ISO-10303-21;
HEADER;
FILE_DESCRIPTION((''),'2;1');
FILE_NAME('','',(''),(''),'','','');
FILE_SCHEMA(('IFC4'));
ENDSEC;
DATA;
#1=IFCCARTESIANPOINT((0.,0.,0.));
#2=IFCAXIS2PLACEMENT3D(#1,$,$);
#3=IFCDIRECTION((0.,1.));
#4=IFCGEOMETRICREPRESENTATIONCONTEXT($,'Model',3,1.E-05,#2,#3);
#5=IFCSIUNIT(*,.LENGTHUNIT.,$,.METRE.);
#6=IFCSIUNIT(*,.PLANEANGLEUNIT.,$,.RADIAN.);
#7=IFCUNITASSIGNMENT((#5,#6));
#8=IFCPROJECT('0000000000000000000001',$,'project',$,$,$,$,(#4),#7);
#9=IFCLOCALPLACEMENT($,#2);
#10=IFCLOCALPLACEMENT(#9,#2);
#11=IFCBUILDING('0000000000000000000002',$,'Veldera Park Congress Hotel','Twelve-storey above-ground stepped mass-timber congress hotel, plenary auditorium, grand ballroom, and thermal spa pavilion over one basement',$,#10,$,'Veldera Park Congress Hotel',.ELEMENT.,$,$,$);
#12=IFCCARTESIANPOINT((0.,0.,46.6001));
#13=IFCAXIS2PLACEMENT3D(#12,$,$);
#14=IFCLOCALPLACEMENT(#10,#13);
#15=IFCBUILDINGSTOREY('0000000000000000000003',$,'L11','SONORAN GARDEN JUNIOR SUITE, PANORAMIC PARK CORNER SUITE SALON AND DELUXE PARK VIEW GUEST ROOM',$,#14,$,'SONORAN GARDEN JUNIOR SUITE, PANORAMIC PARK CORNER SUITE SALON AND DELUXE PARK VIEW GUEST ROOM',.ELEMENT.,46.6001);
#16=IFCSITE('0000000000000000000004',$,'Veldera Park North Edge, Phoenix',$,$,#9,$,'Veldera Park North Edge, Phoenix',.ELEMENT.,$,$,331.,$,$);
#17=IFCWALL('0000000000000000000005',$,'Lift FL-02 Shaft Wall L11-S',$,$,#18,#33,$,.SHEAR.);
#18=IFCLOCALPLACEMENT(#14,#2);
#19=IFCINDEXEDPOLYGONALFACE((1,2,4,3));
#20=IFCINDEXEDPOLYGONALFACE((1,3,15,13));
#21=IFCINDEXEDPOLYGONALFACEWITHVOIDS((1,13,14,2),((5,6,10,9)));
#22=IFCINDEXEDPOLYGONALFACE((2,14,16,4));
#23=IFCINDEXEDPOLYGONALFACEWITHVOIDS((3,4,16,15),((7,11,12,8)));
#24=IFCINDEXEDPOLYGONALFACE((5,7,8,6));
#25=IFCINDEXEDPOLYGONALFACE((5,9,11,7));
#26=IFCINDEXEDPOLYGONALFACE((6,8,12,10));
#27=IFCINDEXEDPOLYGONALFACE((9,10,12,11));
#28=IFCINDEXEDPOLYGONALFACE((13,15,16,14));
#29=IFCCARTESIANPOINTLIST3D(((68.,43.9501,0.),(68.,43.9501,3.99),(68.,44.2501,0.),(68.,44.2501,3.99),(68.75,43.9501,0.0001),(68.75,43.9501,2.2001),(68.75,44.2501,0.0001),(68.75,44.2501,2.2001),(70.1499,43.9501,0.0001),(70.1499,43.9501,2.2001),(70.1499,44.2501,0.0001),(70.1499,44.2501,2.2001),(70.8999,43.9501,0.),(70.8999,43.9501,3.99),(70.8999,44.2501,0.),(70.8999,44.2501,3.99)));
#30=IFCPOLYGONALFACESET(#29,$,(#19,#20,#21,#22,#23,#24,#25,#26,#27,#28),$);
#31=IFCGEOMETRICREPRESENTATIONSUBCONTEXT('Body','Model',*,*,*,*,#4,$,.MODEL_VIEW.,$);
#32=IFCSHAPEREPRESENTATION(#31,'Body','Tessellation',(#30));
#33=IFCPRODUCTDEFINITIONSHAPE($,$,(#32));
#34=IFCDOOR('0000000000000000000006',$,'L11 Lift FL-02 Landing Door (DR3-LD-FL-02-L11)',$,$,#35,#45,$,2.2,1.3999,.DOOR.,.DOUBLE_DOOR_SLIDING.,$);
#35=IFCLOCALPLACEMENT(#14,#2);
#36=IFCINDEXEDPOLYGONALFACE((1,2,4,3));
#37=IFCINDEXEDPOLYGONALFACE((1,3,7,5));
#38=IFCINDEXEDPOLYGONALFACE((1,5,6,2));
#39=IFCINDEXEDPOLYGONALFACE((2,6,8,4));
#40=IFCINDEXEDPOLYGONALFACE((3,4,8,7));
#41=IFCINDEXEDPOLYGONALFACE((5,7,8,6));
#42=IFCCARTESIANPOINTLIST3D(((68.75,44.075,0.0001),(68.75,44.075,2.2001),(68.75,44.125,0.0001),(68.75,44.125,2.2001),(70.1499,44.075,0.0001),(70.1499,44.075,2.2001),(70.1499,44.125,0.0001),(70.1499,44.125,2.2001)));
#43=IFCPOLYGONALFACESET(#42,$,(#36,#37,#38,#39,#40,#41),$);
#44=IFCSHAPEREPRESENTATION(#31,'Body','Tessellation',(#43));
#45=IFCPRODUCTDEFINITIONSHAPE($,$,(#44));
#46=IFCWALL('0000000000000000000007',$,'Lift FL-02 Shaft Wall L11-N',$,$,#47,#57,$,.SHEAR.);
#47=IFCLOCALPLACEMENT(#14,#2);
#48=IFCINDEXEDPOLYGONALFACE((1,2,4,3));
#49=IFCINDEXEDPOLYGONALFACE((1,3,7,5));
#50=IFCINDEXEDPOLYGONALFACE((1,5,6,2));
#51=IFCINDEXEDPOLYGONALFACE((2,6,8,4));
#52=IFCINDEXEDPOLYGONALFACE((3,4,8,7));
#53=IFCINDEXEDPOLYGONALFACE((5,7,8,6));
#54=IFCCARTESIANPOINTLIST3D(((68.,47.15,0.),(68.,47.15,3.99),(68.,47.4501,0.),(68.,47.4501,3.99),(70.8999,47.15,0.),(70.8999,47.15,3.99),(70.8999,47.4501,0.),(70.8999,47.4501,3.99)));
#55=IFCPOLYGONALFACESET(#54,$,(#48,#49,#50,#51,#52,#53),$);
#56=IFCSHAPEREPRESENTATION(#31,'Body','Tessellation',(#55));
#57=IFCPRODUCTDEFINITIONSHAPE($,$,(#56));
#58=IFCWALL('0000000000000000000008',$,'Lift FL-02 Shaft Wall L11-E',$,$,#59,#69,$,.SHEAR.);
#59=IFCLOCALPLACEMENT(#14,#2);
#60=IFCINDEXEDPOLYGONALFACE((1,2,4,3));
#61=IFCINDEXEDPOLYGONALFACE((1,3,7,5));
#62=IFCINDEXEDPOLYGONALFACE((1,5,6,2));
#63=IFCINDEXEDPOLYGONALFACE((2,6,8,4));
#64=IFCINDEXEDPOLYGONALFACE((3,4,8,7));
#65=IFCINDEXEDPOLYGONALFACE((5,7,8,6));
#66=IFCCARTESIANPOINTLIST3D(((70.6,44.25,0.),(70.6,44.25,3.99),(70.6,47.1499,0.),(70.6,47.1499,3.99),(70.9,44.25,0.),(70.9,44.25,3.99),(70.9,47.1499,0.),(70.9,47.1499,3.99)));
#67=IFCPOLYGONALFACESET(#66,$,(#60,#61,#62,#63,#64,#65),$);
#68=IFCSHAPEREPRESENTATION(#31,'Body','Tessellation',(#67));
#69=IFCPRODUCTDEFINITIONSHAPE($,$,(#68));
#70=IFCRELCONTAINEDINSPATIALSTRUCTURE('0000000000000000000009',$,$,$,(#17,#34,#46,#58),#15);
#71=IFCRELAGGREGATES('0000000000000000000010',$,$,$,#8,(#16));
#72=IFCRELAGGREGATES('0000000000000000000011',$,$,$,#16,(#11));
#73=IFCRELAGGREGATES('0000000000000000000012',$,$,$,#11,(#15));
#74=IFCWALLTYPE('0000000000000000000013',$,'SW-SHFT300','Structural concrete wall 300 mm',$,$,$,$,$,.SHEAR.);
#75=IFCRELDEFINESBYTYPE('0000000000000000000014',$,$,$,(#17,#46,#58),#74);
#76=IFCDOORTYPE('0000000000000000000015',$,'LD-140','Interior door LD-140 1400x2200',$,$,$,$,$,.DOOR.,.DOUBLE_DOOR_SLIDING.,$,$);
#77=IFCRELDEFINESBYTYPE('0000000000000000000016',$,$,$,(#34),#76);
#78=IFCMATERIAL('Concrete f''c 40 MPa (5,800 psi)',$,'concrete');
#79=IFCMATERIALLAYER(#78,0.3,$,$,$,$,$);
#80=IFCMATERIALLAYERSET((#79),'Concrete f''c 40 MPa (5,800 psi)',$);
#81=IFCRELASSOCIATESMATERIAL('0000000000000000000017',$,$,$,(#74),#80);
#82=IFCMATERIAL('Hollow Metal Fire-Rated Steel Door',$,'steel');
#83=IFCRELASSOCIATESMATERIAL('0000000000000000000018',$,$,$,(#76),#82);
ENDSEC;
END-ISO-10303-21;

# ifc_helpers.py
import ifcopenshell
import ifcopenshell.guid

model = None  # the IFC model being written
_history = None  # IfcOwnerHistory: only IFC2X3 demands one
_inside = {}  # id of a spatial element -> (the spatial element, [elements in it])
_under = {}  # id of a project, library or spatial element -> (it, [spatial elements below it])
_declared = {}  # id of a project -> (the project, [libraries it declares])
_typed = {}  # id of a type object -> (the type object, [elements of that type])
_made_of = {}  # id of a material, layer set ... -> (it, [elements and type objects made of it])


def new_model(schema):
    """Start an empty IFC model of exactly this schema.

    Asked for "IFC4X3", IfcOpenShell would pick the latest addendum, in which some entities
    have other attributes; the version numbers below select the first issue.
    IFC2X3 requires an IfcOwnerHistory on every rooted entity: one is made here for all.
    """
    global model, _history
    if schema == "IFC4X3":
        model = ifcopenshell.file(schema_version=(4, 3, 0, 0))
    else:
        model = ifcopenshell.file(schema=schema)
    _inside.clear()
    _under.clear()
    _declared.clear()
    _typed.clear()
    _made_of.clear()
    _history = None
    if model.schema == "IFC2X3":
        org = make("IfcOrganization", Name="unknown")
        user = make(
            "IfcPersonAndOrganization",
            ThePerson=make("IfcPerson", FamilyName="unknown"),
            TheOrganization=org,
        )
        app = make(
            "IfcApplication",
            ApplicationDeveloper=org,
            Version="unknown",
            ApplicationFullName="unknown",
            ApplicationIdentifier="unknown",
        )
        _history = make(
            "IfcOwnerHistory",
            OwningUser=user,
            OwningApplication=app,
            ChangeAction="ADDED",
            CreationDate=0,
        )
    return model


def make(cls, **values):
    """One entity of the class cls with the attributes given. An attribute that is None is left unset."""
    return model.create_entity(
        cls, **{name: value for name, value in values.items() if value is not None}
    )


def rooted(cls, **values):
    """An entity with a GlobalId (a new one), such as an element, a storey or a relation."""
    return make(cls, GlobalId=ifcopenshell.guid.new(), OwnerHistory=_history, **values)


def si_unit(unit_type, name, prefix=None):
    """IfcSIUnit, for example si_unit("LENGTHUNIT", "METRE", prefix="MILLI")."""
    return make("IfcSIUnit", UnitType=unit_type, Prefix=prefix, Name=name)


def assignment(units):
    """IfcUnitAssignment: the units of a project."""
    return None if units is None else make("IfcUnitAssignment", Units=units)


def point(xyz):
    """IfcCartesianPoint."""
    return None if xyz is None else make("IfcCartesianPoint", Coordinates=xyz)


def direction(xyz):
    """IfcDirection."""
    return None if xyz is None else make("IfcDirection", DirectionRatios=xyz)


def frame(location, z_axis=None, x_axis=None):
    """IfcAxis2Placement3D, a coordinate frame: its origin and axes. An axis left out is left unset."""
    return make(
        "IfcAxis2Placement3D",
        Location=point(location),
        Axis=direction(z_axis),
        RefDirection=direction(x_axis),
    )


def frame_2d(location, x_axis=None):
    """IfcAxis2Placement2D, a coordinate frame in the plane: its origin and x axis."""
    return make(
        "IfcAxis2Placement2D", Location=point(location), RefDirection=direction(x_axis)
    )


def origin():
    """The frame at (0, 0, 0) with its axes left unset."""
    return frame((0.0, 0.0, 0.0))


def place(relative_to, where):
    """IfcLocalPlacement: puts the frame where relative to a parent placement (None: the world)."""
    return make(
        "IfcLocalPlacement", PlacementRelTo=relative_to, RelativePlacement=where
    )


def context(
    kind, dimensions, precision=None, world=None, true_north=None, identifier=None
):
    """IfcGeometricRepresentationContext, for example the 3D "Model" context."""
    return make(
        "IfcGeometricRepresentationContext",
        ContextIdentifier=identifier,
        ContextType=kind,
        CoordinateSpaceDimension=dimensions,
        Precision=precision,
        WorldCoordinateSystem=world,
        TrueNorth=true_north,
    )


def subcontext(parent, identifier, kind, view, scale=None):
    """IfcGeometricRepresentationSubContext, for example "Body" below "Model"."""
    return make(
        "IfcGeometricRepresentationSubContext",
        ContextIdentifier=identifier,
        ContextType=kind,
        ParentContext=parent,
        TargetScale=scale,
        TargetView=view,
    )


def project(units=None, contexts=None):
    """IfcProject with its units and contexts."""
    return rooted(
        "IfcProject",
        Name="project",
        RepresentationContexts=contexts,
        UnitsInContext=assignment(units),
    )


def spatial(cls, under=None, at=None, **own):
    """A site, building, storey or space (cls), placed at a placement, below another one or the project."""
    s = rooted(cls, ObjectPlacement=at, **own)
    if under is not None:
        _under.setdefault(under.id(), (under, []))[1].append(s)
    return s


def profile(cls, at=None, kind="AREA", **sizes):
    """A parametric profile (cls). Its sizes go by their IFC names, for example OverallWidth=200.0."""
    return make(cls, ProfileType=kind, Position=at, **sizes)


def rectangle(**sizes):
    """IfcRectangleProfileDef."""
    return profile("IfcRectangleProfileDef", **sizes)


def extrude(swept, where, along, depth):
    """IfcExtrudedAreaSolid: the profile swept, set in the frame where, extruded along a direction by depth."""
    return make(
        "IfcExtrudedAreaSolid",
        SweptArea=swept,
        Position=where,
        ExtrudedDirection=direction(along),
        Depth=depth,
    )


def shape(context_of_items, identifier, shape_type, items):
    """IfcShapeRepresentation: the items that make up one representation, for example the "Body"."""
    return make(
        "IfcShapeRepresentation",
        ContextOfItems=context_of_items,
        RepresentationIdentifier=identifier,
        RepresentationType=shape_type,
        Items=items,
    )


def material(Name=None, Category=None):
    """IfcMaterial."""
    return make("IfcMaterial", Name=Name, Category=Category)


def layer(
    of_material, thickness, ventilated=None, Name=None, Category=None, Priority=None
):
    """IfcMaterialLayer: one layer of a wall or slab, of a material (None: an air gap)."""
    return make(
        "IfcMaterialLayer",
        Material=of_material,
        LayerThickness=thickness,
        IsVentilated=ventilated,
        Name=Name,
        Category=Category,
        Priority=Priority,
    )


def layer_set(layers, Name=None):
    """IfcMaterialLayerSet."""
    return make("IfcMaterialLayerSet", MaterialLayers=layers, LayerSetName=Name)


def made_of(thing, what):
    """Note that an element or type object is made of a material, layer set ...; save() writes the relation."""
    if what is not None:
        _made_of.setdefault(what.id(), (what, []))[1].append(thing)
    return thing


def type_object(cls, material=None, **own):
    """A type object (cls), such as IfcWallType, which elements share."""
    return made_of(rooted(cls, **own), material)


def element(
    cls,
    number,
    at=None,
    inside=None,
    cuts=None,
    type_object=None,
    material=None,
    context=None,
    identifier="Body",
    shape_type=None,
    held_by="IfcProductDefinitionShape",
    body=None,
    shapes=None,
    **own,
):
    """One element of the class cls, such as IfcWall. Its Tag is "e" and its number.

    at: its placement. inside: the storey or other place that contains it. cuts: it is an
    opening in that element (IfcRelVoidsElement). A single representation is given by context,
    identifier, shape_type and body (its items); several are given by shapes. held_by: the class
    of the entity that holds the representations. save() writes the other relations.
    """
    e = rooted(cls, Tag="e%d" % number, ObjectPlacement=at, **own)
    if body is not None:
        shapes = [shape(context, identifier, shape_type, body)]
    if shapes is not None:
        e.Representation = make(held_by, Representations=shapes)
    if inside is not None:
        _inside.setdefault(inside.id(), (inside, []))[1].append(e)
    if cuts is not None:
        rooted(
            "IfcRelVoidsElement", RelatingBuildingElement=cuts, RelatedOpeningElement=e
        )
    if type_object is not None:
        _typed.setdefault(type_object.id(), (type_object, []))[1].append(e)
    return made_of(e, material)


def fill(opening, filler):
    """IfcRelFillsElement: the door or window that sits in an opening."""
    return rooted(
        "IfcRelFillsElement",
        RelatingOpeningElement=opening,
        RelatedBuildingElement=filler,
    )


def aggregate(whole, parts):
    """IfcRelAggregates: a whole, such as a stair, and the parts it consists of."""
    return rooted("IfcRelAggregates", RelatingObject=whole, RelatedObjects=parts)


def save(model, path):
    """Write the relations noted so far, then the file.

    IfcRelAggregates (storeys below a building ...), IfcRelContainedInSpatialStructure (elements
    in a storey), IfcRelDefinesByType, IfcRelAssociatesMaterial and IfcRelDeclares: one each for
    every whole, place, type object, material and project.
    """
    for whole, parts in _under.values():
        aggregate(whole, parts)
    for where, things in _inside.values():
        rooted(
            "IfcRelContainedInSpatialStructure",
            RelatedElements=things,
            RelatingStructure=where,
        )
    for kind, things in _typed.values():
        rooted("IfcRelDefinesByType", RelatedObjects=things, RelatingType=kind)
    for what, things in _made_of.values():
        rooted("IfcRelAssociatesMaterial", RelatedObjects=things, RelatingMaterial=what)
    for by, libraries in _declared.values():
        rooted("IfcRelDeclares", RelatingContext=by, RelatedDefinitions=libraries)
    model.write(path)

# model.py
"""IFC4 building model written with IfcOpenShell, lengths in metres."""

from ifc_helpers import new_model, si_unit, direction, frame, frame_2d, origin, place, context, subcontext, project, spatial, rectangle, extrude, material, layer, layer_set, type_object, element, fill, save


model = new_model("IFC4")

# Units and contexts
model_context = context("Model", 3, precision=1e-05, world=origin(), true_north=direction((0.0, 1.0)))
body_context = subcontext(model_context, "Body", "Model", "MODEL_VIEW")
ifc_project = project(units=[si_unit("LENGTHUNIT", "METRE"), si_unit("PLANEANGLEUNIT", "RADIAN")], contexts=[model_context])

# Site, building, storey
site_placement = place(None, origin())
site = spatial("IfcSite", under=ifc_project, at=site_placement, Name="Veldera Park North Edge, Phoenix", LongName="Veldera Park North Edge, Phoenix", CompositionType="ELEMENT", RefElevation=331.0)
building_placement = place(site_placement, origin())
building = spatial("IfcBuilding", under=site, at=building_placement, Name="Veldera Park Congress Hotel", Description="Twelve-storey above-ground stepped mass-timber congress hotel, plenary auditorium, grand ballroom, and thermal spa pavilion over one basement", LongName="Veldera Park Congress Hotel", CompositionType="ELEMENT")
storey_placement = place(building_placement, frame((0.0, 0.0, 46.6001)))
storey = spatial("IfcBuildingStorey", under=building, at=storey_placement, Name="L11", Description="SONORAN GARDEN JUNIOR SUITE, PANORAMIC PARK CORNER SUITE SALON AND DELUXE PARK VIEW GUEST ROOM", LongName="SONORAN GARDEN JUNIOR SUITE, PANORAMIC PARK CORNER SUITE SALON AND DELUXE PARK VIEW GUEST ROOM", CompositionType="ELEMENT", Elevation=46.6001)

# Shared definitions
ifc_material_1 = material(Name="Concrete f'c 40 MPa (5,800 psi)", Category="concrete")
ifc_material_2 = material(Name="Hollow Metal Fire-Rated Steel Door", Category="steel")

# Shared definitions
ifc_layer_1 = layer(ifc_material_1, 0.3)
ifc_layer_set_1 = layer_set([ifc_layer_1], Name="Concrete f'c 40 MPa (5,800 psi)")
wall_type_1 = type_object("IfcWallType", Name="SW-SHFT300", Description="Structural concrete wall 300 mm", PredefinedType="SHEAR", material=ifc_layer_set_1)

# Wall, opening, door
wall_1_placement = place(storey_placement, frame((68.0, 44.1001, 0.0), z_axis=(0.0, 0.0, 1.0), x_axis=(1.0, 0.0, 0.0)))
wall_1 = element("IfcWall", 1, at=wall_1_placement, inside=storey, type_object=wall_type_1, Name="Lift FL-02 Shaft Wall L11-S", PredefinedType="SHEAR", context=body_context, shape_type="SweptSolid", body=[
    extrude(rectangle(XDim=2.8999, YDim=0.3, at=frame_2d((1.45, 0.0))), origin(), (0.0, 0.0, 1.0), 3.99),
])
opening_1_placement = place(wall_1_placement, frame((0.75, 0.0, 0.0)))
opening_1 = element("IfcOpeningElement", 2, at=opening_1_placement, cuts=wall_1, PredefinedType="OPENING", context=body_context, shape_type="SweptSolid", body=[
    extrude(rectangle(XDim=1.3999, YDim=2.2, at=frame_2d((0.7, 1.1001))), frame((0.0, 0.1621, 0.0), z_axis=(0.0, -1.0, 0.0), x_axis=(1.0, 0.0, 0.0)), (0.0, 0.0, 1.0), 0.324),
])
door_type_1 = type_object("IfcDoorType", Name="LD-140", Description="Interior door LD-140 1400x2200", OperationType="DOUBLE_DOOR_SLIDING", PredefinedType="DOOR", material=ifc_material_2)
door_1_placement = place(opening_1_placement, origin())
door_1 = element("IfcDoor", 3, at=door_1_placement, inside=storey, type_object=door_type_1, Name="L11 Lift FL-02 Landing Door (DR3-LD-FL-02-L11)", OperationType="DOUBLE_DOOR_SLIDING", OverallHeight=2.2, OverallWidth=1.3999, PredefinedType="DOOR", context=body_context, shape_type="SweptSolid", body=[
    extrude(rectangle(XDim=1.3999, YDim=2.2, at=frame_2d((0.7, 1.1001))), frame((0.0, 0.0249, 0.0), z_axis=(0.0, -1.0, 0.0), x_axis=(1.0, 0.0, 0.0)), (0.0, 0.0, 1.0), 0.05),
])
fill(opening_1, door_1)

# Walls
for number, where, z_axis, x_axis, name in (
    (4, (70.8999, 47.3, 0.0), (0.0, 0.0, 1.0), (-1.0, 0.0, 0.0), "Lift FL-02 Shaft Wall L11-N"),
    (5, (70.75, 44.25, 0.0), (0.0, 0.0, 1.0), (0.0, 1.0, 0.0), "Lift FL-02 Shaft Wall L11-E"),
):
    element("IfcWall", number, at=place(storey_placement, frame(where, z_axis=z_axis, x_axis=x_axis)), inside=storey, type_object=wall_type_1, Name=name, PredefinedType="SHEAR", context=body_context, shape_type="SweptSolid", body=[
        extrude(rectangle(XDim=2.8999, YDim=0.3, at=frame_2d((1.45, 0.0))), origin(), (0.0, 0.0, 1.0), 3.99),
    ])

save(model, "model.ifc")
